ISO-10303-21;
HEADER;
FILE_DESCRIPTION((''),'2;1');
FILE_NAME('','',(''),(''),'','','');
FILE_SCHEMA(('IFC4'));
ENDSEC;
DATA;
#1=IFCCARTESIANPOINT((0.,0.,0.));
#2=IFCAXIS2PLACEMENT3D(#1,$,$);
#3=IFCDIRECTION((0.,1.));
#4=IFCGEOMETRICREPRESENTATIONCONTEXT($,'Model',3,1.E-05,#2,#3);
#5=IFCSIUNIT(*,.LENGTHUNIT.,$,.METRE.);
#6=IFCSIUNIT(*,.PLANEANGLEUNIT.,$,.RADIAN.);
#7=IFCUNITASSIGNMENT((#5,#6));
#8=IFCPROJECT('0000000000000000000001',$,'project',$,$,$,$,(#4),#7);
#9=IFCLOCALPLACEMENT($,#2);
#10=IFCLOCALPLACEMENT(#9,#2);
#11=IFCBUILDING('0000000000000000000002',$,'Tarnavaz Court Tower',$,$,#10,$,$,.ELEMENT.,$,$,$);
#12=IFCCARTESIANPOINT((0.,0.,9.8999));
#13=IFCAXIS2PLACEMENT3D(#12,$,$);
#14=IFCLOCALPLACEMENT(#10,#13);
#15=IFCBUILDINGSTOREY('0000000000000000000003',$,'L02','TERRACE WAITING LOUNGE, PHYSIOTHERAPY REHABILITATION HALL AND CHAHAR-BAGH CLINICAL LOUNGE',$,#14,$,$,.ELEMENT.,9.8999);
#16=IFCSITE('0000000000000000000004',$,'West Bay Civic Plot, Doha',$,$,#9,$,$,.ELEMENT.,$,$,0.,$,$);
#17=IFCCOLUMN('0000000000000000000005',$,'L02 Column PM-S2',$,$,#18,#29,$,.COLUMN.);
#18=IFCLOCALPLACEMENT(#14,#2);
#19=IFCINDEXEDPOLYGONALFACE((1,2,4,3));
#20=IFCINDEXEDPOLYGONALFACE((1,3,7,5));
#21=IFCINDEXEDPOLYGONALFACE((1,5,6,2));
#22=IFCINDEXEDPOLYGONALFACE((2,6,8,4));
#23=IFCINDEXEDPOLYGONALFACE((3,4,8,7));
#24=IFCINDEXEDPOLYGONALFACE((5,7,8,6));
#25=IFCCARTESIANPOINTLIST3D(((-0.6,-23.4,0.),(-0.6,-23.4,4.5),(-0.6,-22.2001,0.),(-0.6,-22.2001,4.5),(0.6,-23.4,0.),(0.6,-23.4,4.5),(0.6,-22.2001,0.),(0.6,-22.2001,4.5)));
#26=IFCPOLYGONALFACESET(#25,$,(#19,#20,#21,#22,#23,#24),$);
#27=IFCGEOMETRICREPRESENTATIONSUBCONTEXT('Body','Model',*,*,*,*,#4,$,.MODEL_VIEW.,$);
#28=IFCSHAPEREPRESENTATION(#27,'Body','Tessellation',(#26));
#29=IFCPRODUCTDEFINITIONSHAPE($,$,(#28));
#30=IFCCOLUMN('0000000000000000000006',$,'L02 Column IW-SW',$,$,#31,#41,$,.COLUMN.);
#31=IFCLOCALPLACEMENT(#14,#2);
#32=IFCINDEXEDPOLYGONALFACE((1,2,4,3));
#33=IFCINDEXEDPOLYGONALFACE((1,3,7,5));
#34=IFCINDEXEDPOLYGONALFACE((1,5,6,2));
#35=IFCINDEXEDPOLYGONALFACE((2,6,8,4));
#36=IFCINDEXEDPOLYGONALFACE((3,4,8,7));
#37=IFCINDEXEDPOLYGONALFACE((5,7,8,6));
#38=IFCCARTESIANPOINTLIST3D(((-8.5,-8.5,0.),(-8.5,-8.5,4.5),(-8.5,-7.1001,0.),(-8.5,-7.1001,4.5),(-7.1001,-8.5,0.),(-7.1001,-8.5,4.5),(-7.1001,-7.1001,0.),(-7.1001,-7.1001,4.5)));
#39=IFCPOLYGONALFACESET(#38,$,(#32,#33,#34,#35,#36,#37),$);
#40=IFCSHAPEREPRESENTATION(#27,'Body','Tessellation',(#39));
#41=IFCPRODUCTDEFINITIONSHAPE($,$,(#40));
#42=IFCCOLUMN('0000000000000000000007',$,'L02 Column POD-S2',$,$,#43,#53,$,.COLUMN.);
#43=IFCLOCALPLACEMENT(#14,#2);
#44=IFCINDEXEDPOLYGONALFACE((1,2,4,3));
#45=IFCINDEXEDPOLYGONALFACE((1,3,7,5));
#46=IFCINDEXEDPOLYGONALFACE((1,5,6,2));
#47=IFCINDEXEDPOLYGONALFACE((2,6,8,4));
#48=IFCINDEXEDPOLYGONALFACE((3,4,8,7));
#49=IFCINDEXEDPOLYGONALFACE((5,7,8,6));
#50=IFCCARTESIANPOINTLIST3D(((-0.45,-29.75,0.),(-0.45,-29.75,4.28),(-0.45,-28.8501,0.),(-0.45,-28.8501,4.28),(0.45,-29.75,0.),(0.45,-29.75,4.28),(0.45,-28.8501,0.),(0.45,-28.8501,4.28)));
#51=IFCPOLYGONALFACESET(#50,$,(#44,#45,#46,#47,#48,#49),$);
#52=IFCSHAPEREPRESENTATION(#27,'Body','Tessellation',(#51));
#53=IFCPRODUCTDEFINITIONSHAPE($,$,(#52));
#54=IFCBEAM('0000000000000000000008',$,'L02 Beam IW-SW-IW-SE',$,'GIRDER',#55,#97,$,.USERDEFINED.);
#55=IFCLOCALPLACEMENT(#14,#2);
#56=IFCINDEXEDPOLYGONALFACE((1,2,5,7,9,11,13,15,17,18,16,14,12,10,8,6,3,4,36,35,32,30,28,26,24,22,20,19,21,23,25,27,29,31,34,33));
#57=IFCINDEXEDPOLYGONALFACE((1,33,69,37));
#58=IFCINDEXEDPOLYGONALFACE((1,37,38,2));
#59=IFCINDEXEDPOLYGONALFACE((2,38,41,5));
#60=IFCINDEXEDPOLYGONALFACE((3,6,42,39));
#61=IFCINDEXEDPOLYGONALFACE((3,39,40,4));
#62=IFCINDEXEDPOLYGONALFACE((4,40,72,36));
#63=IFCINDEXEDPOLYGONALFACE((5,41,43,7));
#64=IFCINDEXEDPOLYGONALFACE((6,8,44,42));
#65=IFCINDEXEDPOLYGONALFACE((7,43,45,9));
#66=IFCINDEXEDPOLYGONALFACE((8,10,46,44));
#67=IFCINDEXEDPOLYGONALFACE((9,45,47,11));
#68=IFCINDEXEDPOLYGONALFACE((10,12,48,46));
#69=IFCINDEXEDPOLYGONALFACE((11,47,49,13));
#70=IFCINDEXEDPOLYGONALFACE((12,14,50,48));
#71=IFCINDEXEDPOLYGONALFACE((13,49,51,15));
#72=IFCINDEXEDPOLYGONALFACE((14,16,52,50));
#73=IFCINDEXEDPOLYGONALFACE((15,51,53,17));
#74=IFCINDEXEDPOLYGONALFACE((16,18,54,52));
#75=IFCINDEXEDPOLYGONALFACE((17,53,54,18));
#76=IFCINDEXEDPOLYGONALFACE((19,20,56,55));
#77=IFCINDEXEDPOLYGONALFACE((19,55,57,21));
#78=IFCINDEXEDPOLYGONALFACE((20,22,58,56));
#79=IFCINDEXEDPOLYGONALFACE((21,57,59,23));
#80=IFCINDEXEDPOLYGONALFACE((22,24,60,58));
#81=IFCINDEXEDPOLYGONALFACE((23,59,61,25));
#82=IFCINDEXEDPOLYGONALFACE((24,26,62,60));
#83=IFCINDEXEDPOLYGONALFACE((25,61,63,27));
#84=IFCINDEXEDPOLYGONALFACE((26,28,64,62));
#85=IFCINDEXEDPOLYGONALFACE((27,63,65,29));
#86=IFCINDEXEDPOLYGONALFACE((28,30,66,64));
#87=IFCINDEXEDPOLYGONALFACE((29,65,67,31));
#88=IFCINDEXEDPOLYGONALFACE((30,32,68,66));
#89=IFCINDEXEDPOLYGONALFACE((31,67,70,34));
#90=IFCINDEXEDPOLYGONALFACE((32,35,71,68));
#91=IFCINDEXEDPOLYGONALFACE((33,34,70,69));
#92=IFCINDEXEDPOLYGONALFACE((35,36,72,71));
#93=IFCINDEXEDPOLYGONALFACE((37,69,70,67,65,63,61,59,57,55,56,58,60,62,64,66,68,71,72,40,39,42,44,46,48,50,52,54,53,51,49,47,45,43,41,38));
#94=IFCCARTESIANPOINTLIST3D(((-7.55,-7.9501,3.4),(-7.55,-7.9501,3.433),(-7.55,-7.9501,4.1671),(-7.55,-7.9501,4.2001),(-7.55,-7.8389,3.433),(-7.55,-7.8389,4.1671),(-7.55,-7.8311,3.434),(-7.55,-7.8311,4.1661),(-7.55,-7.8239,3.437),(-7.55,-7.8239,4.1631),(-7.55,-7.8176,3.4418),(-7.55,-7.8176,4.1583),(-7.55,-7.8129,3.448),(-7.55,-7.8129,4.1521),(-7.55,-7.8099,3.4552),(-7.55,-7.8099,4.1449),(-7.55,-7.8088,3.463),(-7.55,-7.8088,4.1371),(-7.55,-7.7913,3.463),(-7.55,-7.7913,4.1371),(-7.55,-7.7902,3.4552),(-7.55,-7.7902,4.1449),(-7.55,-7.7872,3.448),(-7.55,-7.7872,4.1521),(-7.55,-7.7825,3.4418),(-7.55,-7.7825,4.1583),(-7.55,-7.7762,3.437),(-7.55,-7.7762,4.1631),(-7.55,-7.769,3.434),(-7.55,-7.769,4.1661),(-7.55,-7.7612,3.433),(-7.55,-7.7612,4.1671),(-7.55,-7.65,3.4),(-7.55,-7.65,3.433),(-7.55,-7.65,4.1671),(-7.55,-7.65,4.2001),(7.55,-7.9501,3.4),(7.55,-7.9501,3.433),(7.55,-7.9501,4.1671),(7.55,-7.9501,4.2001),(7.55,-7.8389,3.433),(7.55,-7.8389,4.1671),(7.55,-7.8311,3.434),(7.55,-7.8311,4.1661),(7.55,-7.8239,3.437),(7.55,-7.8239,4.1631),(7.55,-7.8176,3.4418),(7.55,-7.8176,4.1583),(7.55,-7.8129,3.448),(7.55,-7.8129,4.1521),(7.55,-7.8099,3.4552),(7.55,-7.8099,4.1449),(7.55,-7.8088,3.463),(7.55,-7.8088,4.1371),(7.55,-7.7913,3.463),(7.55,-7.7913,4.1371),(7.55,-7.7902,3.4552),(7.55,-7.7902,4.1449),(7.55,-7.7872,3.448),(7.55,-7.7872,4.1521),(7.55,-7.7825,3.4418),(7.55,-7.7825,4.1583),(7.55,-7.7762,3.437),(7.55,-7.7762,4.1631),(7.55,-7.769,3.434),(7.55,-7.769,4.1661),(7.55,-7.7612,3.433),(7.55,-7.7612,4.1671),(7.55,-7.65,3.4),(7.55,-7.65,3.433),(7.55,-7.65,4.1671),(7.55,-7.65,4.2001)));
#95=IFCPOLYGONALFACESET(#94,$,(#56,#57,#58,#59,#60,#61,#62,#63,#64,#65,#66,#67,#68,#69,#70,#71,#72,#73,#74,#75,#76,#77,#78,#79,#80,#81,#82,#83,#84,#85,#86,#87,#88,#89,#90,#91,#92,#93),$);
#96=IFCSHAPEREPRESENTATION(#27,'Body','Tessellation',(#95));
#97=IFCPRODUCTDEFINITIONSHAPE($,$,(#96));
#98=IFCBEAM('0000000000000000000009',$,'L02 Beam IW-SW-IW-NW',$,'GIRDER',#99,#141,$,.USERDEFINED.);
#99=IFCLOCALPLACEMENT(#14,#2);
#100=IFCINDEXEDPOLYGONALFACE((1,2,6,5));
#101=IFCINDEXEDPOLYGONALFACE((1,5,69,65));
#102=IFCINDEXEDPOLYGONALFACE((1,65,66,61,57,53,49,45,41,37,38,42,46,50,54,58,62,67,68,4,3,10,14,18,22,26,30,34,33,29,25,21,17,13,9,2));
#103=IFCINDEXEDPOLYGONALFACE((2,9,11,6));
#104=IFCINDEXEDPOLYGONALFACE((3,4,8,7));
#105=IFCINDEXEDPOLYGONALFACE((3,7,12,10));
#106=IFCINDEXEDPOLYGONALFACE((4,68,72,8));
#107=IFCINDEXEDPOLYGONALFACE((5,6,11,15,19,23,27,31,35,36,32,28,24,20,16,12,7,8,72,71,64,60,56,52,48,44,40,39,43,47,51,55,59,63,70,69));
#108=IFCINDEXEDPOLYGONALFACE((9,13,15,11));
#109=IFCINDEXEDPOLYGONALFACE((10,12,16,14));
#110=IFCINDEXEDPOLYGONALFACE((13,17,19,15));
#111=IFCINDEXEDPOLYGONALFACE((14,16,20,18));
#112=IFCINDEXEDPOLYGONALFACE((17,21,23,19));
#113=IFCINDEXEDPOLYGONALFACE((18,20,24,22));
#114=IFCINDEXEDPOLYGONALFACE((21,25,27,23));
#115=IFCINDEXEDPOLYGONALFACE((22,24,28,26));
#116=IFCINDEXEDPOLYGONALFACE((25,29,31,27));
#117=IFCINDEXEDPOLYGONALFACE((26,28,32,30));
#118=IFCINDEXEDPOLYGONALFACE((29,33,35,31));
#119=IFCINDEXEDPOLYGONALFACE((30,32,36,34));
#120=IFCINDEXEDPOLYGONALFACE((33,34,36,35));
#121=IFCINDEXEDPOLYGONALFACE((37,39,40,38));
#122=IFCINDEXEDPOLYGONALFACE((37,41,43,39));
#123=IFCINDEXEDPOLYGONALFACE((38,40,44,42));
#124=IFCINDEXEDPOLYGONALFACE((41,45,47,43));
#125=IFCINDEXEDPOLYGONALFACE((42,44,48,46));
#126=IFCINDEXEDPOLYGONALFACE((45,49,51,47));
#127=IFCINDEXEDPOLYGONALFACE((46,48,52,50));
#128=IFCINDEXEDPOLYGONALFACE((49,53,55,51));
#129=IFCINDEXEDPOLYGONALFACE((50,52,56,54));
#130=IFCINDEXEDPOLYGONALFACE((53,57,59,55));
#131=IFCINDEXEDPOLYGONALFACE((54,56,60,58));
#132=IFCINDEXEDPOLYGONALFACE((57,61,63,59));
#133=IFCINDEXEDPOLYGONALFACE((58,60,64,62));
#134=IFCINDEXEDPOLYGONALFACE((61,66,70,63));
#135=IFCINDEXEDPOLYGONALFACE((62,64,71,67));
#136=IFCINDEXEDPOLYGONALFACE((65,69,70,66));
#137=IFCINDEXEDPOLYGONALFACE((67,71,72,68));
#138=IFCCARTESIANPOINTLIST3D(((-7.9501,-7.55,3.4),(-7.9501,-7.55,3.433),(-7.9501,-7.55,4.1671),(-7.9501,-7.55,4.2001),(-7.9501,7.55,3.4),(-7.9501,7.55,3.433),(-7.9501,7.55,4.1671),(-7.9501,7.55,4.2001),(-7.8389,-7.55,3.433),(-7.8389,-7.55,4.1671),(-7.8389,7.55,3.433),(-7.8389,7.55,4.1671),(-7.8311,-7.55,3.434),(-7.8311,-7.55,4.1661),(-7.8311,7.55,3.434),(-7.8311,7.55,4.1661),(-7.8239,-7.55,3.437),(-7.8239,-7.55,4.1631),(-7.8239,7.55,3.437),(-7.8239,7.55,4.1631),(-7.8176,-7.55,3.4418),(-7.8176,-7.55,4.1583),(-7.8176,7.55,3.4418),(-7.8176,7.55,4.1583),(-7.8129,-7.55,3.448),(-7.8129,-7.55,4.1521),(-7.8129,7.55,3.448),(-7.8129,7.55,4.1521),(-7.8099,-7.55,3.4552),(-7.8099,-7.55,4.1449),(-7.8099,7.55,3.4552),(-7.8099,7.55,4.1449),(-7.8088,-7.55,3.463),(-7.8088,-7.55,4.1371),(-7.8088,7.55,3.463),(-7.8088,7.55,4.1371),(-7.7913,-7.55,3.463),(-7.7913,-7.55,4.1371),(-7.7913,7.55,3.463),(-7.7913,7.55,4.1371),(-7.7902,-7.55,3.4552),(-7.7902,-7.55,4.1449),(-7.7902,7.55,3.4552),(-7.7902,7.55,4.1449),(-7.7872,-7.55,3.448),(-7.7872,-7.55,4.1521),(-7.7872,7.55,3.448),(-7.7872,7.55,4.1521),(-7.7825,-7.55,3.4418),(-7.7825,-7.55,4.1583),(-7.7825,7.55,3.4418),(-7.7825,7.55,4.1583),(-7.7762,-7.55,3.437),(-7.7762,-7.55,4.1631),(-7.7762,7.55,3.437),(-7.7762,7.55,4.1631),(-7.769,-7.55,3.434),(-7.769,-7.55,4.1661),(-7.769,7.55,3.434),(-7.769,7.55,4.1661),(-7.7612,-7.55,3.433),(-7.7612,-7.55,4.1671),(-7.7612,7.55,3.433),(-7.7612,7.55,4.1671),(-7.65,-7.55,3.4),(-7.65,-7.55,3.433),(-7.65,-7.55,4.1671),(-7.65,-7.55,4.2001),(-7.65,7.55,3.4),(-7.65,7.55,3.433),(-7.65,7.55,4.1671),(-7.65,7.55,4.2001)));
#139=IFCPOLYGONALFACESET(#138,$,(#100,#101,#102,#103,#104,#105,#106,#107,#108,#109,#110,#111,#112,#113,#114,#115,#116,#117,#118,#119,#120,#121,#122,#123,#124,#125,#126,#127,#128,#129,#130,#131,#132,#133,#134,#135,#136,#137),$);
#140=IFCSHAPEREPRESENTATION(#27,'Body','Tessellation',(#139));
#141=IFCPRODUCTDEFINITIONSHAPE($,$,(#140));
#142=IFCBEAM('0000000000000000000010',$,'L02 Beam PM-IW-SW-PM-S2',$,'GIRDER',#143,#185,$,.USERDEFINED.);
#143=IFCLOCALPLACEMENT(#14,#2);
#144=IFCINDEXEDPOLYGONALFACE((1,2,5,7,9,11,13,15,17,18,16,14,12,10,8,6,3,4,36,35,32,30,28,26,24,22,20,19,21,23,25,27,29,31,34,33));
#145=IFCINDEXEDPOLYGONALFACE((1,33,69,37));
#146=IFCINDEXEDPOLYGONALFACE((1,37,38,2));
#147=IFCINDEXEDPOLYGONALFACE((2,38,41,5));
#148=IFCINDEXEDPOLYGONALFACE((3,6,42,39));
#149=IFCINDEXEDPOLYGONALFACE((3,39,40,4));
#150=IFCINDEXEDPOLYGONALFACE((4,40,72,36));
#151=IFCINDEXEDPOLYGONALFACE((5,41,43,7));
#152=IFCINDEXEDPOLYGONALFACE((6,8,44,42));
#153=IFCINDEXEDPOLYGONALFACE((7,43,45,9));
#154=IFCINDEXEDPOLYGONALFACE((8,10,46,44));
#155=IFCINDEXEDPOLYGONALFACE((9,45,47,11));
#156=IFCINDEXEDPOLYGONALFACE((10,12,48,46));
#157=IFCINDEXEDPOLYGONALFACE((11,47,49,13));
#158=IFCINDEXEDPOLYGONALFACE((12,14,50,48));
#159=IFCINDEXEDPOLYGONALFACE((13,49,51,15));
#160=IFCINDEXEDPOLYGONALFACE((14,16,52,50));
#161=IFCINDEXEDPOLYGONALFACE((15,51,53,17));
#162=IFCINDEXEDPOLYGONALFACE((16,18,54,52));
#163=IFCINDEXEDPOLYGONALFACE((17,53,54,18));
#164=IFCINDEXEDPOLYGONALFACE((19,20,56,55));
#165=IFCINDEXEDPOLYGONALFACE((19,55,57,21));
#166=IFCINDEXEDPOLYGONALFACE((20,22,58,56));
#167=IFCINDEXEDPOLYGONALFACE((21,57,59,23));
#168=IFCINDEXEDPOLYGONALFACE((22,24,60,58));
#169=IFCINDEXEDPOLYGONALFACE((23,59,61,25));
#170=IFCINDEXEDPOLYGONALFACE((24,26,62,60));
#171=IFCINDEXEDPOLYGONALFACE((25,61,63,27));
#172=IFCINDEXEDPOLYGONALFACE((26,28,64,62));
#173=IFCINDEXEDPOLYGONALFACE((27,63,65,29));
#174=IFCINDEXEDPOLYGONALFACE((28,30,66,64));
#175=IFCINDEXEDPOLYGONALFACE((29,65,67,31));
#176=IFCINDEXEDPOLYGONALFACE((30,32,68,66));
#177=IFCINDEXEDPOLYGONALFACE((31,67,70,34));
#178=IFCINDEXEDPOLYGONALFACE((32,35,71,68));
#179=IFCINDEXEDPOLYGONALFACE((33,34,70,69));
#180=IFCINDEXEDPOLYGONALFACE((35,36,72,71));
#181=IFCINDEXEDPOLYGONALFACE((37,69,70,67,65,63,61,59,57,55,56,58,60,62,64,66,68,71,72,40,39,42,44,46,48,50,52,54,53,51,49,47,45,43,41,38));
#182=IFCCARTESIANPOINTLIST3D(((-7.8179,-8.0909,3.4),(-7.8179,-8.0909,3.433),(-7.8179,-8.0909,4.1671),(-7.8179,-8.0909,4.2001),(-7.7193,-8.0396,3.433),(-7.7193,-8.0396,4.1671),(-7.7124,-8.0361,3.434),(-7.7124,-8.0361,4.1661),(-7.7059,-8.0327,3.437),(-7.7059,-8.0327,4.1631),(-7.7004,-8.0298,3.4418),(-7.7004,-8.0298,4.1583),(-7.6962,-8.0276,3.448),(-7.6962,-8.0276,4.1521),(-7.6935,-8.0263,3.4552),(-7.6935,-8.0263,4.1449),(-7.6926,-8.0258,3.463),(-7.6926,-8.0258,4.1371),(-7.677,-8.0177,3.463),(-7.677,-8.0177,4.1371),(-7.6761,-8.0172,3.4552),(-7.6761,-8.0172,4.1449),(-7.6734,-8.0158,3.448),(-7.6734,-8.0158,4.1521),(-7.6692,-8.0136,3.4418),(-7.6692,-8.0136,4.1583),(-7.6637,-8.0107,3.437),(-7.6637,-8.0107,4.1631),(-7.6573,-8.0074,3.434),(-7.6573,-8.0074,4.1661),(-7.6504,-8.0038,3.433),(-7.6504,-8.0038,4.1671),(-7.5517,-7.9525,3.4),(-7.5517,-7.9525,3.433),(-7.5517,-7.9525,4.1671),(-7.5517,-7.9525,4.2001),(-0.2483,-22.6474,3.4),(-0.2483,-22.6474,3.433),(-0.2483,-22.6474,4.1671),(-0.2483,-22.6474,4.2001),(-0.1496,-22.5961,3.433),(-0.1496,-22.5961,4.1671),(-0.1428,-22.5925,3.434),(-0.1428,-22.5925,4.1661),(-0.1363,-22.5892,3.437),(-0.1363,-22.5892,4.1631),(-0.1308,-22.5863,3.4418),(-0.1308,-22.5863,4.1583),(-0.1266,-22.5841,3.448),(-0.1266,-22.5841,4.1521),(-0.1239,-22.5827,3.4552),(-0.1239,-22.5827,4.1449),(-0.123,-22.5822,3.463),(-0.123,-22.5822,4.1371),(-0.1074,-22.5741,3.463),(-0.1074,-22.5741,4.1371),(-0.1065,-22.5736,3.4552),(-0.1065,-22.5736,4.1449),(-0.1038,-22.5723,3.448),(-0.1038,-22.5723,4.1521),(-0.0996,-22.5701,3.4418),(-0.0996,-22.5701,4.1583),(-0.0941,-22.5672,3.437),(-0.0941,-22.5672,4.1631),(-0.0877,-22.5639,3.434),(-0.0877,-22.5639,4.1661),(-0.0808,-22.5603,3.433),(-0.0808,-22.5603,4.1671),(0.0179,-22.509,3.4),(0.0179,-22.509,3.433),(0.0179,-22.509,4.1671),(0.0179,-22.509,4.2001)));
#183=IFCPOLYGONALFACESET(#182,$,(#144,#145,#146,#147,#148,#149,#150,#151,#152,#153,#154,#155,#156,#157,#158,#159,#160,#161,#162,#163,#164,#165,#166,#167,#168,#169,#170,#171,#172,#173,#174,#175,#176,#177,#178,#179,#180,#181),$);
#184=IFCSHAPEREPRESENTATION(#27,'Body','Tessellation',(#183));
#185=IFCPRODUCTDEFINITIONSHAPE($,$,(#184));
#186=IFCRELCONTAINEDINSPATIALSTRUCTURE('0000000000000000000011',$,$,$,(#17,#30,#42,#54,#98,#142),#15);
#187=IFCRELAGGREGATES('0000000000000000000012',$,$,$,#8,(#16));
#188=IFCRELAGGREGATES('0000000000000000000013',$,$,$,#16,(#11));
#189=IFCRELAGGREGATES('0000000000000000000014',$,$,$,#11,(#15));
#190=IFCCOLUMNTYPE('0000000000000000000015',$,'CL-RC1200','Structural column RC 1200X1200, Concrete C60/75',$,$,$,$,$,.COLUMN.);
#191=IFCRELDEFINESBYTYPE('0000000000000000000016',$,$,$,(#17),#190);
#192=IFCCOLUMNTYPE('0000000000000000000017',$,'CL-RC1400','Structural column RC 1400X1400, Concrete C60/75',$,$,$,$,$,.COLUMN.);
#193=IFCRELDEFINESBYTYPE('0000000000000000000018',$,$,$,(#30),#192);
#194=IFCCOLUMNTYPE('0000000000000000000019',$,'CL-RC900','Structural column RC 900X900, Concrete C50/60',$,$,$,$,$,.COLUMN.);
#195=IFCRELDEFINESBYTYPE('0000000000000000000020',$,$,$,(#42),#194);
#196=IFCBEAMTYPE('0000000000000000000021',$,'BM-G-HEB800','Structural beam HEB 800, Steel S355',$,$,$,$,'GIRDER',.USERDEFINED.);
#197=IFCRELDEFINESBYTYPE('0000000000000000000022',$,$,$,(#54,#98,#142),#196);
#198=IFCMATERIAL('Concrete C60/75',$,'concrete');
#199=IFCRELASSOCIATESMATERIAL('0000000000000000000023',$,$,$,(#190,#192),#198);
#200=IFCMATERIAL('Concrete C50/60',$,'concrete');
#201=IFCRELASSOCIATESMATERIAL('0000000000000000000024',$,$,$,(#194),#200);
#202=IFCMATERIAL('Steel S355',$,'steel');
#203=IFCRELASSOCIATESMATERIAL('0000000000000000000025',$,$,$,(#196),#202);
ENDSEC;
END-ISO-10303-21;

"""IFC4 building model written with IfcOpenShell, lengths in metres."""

from ifc_helpers import new_model, si_unit, direction, frame, origin, origin_2d, place, context, subcontext, project, spatial, rectangle, i_section, extrude, material, material_profile, profile_set, type_object, element, save


model = new_model("IFC4")

# Units and contexts
model_context = context("Model", 3, precision=1e-05, world=origin(), true_north=direction((0.0, 1.0)))
body_context = subcontext(model_context, "Body", "Model", "MODEL_VIEW")
ifc_project = project(units=[si_unit("LENGTHUNIT", "METRE"), si_unit("PLANEANGLEUNIT", "RADIAN")], contexts=[model_context])

# Site, building, storey
site_placement = place(None, origin())
site = spatial("IfcSite", under=ifc_project, at=site_placement, Name="West Bay Civic Plot, Doha", CompositionType="ELEMENT", RefElevation=0.0)
building_placement = place(site_placement, origin())
building = spatial("IfcBuilding", under=site, at=building_placement, Name="Tarnavaz Court Tower", CompositionType="ELEMENT")
storey_placement = place(building_placement, frame((0.0, 0.0, 9.8999)))
storey = spatial("IfcBuildingStorey", under=building, at=storey_placement, Name="L02", Description="TERRACE WAITING LOUNGE, PHYSIOTHERAPY REHABILITATION HALL AND CHAHAR-BAGH CLINICAL LOUNGE", CompositionType="ELEMENT", Elevation=9.8999)

# Columns
ifc_material_1 = material(Name="Concrete C60/75", Category="concrete")
ifc_material_profile_1 = material_profile(ifc_material_1, rectangle(XDim=1.2, YDim=1.2, at=origin_2d()), Name="RC 1200X1200")
ifc_profile_set_1 = profile_set([ifc_material_profile_1], Name="Concrete C60/75")
column_type_1 = type_object("IfcColumnType", Name="CL-RC1200", Description="Structural column RC 1200X1200, Concrete C60/75", PredefinedType="COLUMN", material=ifc_profile_set_1)
column_1_placement = place(storey_placement, frame((0.0, -22.8, 0.0), z_axis=(0.0, 0.0, 1.0), x_axis=(1.0, 0.0, 0.0)))
element("IfcColumn", 1, at=column_1_placement, inside=storey, type_object=column_type_1, Name="L02 Column PM-S2", PredefinedType="COLUMN", context=body_context, shape_type="SweptSolid", body=[
    extrude(rectangle(XDim=1.2, YDim=1.2, at=origin_2d()), origin(), (0.0, 0.0, 1.0), 4.5),
])
ifc_material_profile_2 = material_profile(ifc_material_1, rectangle(XDim=1.3999, YDim=1.3999, at=origin_2d()), Name="RC 1400X1400")
ifc_profile_set_2 = profile_set([ifc_material_profile_2], Name="Concrete C60/75")
column_type_2 = type_object("IfcColumnType", Name="CL-RC1400", Description="Structural column RC 1400X1400, Concrete C60/75", PredefinedType="COLUMN", material=ifc_profile_set_2)
column_2_placement = place(storey_placement, frame((-7.8, -7.8, 0.0), z_axis=(0.0, 0.0, 1.0), x_axis=(1.0, 0.0, 0.0)))
element("IfcColumn", 2, at=column_2_placement, inside=storey, type_object=column_type_2, Name="L02 Column IW-SW", PredefinedType="COLUMN", context=body_context, shape_type="SweptSolid", body=[
    extrude(rectangle(XDim=1.3999, YDim=1.3999, at=origin_2d()), origin(), (0.0, 0.0, 1.0), 4.5),
])
ifc_material_2 = material(Name="Concrete C50/60", Category="concrete")
ifc_material_profile_3 = material_profile(ifc_material_2, rectangle(XDim=0.8999, YDim=0.8999, at=origin_2d()), Name="RC 900X900")
ifc_profile_set_3 = profile_set([ifc_material_profile_3], Name="Concrete C50/60")
column_type_3 = type_object("IfcColumnType", Name="CL-RC900", Description="Structural column RC 900X900, Concrete C50/60", PredefinedType="COLUMN", material=ifc_profile_set_3)
column_3_placement = place(storey_placement, frame((0.0, -29.3, 0.0), z_axis=(0.0, 0.0, 1.0), x_axis=(1.0, 0.0, 0.0)))
element("IfcColumn", 3, at=column_3_placement, inside=storey, type_object=column_type_3, Name="L02 Column POD-S2", PredefinedType="COLUMN", context=body_context, shape_type="SweptSolid", body=[
    extrude(rectangle(XDim=0.8999, YDim=0.8999, at=origin_2d()), origin(), (0.0, 0.0, 1.0), 4.28),
])

# Beams
ifc_material_3 = material(Name="Steel S355", Category="steel")
ifc_material_profile_4 = material_profile(ifc_material_3, i_section(OverallWidth=0.3, OverallDepth=0.8, WebThickness=0.0176, FlangeThickness=0.033, FilletRadius=0.03, at=origin_2d()), Name="HEB 800")
ifc_profile_set_4 = profile_set([ifc_material_profile_4], Name="Steel S355")
beam_type_1 = type_object("IfcBeamType", Name="BM-G-HEB800", Description="Structural beam HEB 800, Steel S355", ElementType="GIRDER", PredefinedType="USERDEFINED", material=ifc_profile_set_4)
for number, where, z_axis, x_axis, name in (
    (4, (-7.55, -7.8, 3.8), (1.0, 0.0, 0.0), (0.0, 1.0, 0.0), "L02 Beam IW-SW-IW-SE"),
    (5, (-7.8, -7.55, 3.8), (0.0, 1.0, 0.0), (-1.0, 0.0, 0.0), "L02 Beam IW-SW-IW-NW"),
):
    element("IfcBeam", number, at=place(storey_placement, frame(where, z_axis=z_axis, x_axis=x_axis)), inside=storey, type_object=beam_type_1, Name=name, ObjectType="GIRDER", PredefinedType="USERDEFINED", context=body_context, shape_type="SweptSolid", body=[
        extrude(i_section(OverallWidth=0.3, OverallDepth=0.8, WebThickness=0.0176, FlangeThickness=0.033, FilletRadius=0.03, at=origin_2d()), origin(), (0.0, 0.0, 1.0), 15.1001),
    ])
beam_1_placement = place(storey_placement, frame((-7.6848, -8.0217, 3.8), z_axis=(0.461365, -0.88721, 0.0), x_axis=(0.88721, 0.461365, 0.0)))
element("IfcBeam", 6, at=beam_1_placement, inside=storey, type_object=beam_type_1, Name="L02 Beam PM-IW-SW-PM-S2", ObjectType="GIRDER", PredefinedType="USERDEFINED", context=body_context, shape_type="SweptSolid", body=[
    extrude(i_section(OverallWidth=0.3, OverallDepth=0.8, WebThickness=0.0176, FlangeThickness=0.033, FilletRadius=0.03, at=origin_2d()), origin(), (0.0, 0.0, 1.0), 16.407),
])

save(model, "model.ifc")
